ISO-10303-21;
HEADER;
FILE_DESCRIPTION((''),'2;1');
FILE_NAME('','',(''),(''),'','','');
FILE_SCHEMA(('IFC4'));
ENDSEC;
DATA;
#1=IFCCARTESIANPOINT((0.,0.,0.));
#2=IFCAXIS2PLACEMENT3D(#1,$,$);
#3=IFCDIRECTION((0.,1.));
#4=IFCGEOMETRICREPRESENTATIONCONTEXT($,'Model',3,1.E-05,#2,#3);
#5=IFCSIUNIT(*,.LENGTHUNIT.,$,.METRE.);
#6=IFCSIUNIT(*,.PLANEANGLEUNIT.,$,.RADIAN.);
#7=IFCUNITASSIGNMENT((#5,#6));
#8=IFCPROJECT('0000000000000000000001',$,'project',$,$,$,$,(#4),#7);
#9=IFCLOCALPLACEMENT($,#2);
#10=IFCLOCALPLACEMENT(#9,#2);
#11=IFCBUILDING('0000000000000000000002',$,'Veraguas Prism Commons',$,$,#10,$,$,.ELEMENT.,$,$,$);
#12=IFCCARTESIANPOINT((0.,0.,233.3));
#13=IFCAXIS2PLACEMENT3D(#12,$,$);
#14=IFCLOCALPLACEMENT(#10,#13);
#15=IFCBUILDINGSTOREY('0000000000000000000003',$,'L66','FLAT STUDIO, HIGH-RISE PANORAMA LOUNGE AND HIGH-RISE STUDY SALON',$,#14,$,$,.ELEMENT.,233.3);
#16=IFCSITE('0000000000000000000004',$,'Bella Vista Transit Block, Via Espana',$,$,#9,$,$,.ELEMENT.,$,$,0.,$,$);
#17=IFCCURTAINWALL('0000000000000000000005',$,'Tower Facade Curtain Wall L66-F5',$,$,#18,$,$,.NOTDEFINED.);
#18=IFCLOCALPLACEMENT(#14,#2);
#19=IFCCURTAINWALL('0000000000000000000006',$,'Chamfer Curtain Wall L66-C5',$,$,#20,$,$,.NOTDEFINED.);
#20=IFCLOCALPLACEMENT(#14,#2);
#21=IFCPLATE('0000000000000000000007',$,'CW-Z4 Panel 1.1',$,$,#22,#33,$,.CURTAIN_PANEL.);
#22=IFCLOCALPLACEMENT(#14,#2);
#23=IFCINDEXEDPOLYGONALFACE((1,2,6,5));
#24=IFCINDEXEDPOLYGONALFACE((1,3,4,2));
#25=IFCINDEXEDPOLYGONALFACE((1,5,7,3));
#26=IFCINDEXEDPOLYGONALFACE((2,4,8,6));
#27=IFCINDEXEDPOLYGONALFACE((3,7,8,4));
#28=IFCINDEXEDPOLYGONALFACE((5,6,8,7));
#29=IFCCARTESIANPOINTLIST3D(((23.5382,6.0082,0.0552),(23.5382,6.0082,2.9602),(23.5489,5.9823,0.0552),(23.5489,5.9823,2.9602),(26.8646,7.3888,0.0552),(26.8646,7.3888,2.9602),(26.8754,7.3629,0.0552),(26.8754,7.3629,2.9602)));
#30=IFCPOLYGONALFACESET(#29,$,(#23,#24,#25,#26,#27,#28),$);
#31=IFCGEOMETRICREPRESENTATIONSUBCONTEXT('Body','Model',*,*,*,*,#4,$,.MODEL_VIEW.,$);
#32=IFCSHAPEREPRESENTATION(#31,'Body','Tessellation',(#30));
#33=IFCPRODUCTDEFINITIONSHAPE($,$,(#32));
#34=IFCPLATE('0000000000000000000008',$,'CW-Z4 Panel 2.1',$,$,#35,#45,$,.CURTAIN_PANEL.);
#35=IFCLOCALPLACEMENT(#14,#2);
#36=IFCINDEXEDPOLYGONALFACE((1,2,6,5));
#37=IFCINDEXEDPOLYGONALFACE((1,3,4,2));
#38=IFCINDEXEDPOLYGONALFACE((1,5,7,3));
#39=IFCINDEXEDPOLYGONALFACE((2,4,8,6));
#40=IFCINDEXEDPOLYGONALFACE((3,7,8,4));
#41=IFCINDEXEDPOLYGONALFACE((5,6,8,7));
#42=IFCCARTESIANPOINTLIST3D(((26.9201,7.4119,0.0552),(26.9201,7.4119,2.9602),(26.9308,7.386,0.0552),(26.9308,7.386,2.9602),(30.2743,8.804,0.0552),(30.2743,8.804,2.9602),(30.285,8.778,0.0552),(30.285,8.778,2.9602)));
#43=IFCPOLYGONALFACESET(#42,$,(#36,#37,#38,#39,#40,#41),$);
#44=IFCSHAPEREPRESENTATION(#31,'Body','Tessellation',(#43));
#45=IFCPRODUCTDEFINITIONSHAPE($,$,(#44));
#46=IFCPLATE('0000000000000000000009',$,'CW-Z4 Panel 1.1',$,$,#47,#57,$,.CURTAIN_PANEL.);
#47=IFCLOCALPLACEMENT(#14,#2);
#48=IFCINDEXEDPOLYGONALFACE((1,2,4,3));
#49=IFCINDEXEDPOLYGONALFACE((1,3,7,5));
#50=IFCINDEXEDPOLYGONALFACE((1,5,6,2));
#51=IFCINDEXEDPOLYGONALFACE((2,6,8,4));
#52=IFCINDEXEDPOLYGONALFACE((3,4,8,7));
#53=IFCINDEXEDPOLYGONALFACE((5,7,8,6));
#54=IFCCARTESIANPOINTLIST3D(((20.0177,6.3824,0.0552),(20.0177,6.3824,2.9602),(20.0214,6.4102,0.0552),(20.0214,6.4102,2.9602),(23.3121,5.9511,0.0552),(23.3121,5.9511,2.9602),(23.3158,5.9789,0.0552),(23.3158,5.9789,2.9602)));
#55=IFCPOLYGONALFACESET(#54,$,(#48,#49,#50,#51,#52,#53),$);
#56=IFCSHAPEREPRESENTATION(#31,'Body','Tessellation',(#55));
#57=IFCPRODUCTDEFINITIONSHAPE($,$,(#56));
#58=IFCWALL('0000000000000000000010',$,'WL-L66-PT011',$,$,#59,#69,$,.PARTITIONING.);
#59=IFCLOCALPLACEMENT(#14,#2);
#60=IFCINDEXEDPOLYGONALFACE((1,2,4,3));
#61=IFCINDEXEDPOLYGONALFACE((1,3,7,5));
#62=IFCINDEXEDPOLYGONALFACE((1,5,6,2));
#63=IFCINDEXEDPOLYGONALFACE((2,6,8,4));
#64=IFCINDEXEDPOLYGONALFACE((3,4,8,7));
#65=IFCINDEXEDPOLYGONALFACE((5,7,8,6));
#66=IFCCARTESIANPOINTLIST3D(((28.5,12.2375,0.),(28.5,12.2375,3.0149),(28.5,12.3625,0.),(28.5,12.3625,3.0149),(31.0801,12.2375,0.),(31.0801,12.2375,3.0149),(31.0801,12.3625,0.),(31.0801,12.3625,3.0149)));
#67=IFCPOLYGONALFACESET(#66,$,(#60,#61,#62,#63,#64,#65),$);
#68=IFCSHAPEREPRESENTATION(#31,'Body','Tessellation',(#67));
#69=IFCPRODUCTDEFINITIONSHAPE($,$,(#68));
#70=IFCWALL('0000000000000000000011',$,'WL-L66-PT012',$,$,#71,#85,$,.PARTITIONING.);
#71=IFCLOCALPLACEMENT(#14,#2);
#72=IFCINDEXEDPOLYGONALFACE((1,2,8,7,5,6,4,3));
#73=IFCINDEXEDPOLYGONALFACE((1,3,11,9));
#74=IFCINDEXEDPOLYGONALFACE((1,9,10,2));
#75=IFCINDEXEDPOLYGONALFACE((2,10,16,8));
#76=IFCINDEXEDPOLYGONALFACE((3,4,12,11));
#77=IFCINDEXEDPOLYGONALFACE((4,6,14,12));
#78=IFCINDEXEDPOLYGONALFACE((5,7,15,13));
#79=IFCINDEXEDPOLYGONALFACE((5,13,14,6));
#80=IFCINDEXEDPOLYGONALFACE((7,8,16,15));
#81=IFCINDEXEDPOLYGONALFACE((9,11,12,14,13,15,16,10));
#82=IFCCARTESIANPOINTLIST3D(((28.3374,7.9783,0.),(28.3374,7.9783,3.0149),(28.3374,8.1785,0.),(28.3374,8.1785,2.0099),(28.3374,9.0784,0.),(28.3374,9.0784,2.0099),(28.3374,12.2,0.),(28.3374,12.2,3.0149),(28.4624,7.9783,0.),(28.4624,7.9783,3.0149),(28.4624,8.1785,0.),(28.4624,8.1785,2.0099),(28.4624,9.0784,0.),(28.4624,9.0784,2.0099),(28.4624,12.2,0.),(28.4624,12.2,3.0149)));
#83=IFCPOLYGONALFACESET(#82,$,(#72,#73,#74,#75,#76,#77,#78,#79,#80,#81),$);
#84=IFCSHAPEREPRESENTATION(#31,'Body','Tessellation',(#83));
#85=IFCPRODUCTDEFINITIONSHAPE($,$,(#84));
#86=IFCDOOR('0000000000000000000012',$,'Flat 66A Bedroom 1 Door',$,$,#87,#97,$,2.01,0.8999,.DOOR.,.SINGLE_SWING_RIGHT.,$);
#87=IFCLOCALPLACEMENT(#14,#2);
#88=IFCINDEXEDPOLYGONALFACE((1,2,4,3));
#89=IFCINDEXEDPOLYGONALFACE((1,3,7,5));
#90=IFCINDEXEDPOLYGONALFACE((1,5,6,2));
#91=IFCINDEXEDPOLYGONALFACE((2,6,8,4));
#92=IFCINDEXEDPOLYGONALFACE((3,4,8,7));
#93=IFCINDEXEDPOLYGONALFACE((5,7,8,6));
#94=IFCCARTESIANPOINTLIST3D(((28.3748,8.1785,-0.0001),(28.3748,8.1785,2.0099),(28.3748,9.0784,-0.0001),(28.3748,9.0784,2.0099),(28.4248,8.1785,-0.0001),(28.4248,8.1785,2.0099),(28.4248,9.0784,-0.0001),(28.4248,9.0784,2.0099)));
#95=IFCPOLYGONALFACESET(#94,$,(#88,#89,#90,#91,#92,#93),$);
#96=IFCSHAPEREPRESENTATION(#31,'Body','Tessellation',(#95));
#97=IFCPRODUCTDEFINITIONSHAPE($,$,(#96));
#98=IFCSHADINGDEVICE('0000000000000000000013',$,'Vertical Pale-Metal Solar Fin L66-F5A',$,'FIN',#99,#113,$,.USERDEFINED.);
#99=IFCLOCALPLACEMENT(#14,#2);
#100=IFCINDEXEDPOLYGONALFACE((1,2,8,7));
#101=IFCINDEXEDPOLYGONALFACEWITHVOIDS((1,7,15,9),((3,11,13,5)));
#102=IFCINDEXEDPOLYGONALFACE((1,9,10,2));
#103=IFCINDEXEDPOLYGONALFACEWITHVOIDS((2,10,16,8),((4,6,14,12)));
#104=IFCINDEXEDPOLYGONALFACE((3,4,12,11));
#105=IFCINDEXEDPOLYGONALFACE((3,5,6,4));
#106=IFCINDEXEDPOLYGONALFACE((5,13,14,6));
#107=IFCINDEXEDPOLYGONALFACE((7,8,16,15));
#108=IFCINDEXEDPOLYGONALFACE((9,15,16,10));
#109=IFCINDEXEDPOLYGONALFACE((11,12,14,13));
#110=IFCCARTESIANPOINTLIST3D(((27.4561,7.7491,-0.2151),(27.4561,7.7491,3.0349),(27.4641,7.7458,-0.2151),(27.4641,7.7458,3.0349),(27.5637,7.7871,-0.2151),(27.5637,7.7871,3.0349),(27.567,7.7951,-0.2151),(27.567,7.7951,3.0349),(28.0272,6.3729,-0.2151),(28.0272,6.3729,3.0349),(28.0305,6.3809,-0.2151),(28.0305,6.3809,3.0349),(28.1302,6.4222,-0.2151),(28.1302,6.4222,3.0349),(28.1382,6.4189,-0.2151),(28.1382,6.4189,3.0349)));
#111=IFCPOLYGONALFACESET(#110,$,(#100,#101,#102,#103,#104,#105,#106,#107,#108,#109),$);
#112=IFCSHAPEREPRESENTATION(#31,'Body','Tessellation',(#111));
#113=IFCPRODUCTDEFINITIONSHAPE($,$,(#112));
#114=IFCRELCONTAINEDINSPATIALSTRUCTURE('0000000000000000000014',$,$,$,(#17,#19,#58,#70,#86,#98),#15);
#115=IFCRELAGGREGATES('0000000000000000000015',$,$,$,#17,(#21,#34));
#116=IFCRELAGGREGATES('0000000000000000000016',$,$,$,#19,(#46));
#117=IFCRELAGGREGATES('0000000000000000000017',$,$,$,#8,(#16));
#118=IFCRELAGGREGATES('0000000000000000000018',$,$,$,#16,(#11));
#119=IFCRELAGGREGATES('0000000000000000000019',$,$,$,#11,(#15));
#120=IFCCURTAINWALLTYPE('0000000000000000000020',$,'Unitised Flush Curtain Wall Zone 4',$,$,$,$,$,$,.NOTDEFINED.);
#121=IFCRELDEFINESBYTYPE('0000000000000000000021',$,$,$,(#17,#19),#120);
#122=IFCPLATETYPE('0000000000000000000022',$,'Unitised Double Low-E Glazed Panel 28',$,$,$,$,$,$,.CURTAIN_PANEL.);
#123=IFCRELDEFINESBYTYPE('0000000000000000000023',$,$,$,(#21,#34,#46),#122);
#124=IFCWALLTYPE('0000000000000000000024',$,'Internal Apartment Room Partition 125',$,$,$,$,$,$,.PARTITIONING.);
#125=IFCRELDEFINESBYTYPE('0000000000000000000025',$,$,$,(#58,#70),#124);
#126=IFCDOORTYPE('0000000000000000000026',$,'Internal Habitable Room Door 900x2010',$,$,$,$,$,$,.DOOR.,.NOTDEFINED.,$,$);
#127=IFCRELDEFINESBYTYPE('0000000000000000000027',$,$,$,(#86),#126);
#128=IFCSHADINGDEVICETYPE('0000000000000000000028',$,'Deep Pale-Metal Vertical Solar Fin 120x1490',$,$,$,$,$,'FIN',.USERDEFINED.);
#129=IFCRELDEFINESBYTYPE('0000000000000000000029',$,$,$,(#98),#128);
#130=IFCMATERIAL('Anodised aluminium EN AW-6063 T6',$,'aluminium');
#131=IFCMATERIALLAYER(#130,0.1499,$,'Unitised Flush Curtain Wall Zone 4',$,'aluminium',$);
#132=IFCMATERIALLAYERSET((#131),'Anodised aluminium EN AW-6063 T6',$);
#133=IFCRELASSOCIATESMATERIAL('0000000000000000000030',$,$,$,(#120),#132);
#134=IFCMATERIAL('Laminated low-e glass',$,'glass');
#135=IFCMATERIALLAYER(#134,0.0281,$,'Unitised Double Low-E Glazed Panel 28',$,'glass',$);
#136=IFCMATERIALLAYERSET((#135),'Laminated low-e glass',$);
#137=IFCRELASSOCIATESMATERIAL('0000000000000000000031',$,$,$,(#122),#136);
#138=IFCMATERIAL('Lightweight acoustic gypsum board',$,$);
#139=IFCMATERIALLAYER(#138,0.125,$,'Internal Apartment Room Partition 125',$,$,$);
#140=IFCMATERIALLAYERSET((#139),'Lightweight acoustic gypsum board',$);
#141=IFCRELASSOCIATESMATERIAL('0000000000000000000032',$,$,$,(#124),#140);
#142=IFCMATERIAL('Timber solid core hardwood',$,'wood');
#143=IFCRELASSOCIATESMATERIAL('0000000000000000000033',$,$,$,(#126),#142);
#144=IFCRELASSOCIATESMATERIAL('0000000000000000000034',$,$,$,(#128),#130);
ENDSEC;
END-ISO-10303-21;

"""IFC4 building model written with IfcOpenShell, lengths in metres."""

from ifc_helpers import new_model, si_unit, direction, frame, frame_2d, origin, origin_2d, place, context, subcontext, project, spatial, rectangle, hollow_rectangle, extrude, source, transform, mapped, material, layer, layer_set, material_profile, profile_set, type_object, element, fill, aggregate, save


model = new_model("IFC4")

# Units and contexts
model_context = context("Model", 3, precision=1e-05, world=origin(), true_north=direction((0.0, 1.0)))
body_context = subcontext(model_context, "Body", "Model", "MODEL_VIEW")
ifc_project = project(units=[si_unit("LENGTHUNIT", "METRE"), si_unit("PLANEANGLEUNIT", "RADIAN")], contexts=[model_context])

# Site, building, storey
site_placement = place(None, origin())
site = spatial("IfcSite", under=ifc_project, at=site_placement, Name="Bella Vista Transit Block, Via Espana", CompositionType="ELEMENT", RefElevation=0.0)
building_placement = place(site_placement, origin())
building = spatial("IfcBuilding", under=site, at=building_placement, Name="Veraguas Prism Commons", CompositionType="ELEMENT")
storey_placement = place(building_placement, frame((0.0, 0.0, 233.3)))
storey = spatial("IfcBuildingStorey", under=building, at=storey_placement, Name="L66", Description="FLAT STUDIO, HIGH-RISE PANORAMA LOUNGE AND HIGH-RISE STUDY SALON", CompositionType="ELEMENT", Elevation=233.3)

# Curtain wall
ifc_material_1 = material(Name="Anodised aluminium EN AW-6063 T6", Category="aluminium")
ifc_layer_1 = layer(ifc_material_1, 0.1499, Name="Unitised Flush Curtain Wall Zone 4", Category="aluminium")
ifc_layer_set_1 = layer_set([ifc_layer_1], Name="Anodised aluminium EN AW-6063 T6")
curtain_wall_type = type_object("IfcCurtainWallType", Name="Unitised Flush Curtain Wall Zone 4", PredefinedType="NOTDEFINED", material=ifc_layer_set_1)
curtain_wall_1_placement = place(storey_placement, origin())
curtain_wall_1 = element("IfcCurtainWall", 1, at=curtain_wall_1_placement, inside=storey, type_object=curtain_wall_type, Name="Tower Facade Curtain Wall L66-F5", PredefinedType="NOTDEFINED")

# Curtain wall
curtain_wall_2_placement = place(storey_placement, origin())
curtain_wall_2 = element("IfcCurtainWall", 2, at=curtain_wall_2_placement, inside=storey, type_object=curtain_wall_type, Name="Chamfer Curtain Wall L66-C5", PredefinedType="NOTDEFINED")

# Plates
ifc_material_2 = material(Name="Laminated low-e glass", Category="glass")
ifc_layer_2 = layer(ifc_material_2, 0.0281, Name="Unitised Double Low-E Glazed Panel 28", Category="glass")
ifc_layer_set_2 = layer_set([ifc_layer_2], Name="Laminated low-e glass")
plate_type = type_object("IfcPlateType", Name="Unitised Double Low-E Glazed Panel 28", PredefinedType="CURTAIN_PANEL", material=ifc_layer_set_2)
shared_shape_1 = source(origin(), body_context, "Body", "SweptSolid", [
    extrude(rectangle(XDim=3.6016, YDim=0.0281, at=origin_2d()), origin(), (0.0, 0.0, 1.0), 2.905),
])
plate_1_placement = place(storey_placement, frame((25.2068, 6.6855, 0.0552), z_axis=(0.0, 0.0, 1.0), x_axis=(0.923615, 0.383322, 0.0)))
plate_1 = element("IfcPlate", 3, at=plate_1_placement, type_object=plate_type, Name="CW-Z4 Panel 1.1", PredefinedType="CURTAIN_PANEL", context=body_context, shape_type="MappedRepresentation", body=[
    mapped(shared_shape_1, transform((0.0, 0.0, 0.0), scale=1.0)),
])
shared_shape_2 = source(origin(), body_context, "Body", "SweptSolid", [
    extrude(rectangle(XDim=3.6316, YDim=0.0281, at=origin_2d()), origin(), (0.0, 0.0, 1.0), 2.905),
])
plate_2_placement = place(storey_placement, frame((28.6025, 8.095, 0.0552), z_axis=(0.0, 0.0, 1.0), x_axis=(0.923615, 0.383322, 0.0)))
plate_2 = element("IfcPlate", 4, at=plate_2_placement, type_object=plate_type, Name="CW-Z4 Panel 2.1", PredefinedType="CURTAIN_PANEL", context=body_context, shape_type="MappedRepresentation", body=[
    mapped(shared_shape_2, transform((0.0, 0.0, 0.0), scale=1.0)),
])
aggregate(curtain_wall_1, [plate_1, plate_2])
shared_shape_3 = source(origin(), body_context, "Body", "SweptSolid", [
    extrude(rectangle(XDim=3.3225, YDim=0.0281, at=origin_2d()), origin(), (0.0, 0.0, 1.0), 2.905),
])
plate_3_placement = place(storey_placement, frame((21.6667, 6.1807, 0.0552), z_axis=(0.0, 0.0, 1.0), x_axis=(0.991538, -0.12982, 0.0)))
plate_3 = element("IfcPlate", 5, at=plate_3_placement, type_object=plate_type, Name="CW-Z4 Panel 1.1", PredefinedType="CURTAIN_PANEL", context=body_context, shape_type="MappedRepresentation", body=[
    mapped(shared_shape_3, transform((0.0, 0.0, 0.0), scale=1.0)),
])
aggregate(curtain_wall_2, [plate_3])

# Wall
ifc_material_3 = material(Name="Lightweight acoustic gypsum board")
ifc_layer_3 = layer(ifc_material_3, 0.125, Name="Internal Apartment Room Partition 125")
ifc_layer_set_3 = layer_set([ifc_layer_3], Name="Lightweight acoustic gypsum board")
wall_type = type_object("IfcWallType", Name="Internal Apartment Room Partition 125", PredefinedType="PARTITIONING", material=ifc_layer_set_3)
wall_1_placement = place(storey_placement, frame((28.5, 12.3, 0.0), z_axis=(0.0, 0.0, 1.0), x_axis=(1.0, 0.0, 0.0)))
element("IfcWall", 6, at=wall_1_placement, inside=storey, type_object=wall_type, Name="WL-L66-PT011", PredefinedType="PARTITIONING", context=body_context, shape_type="SweptSolid", body=[
    extrude(rectangle(XDim=2.5801, YDim=0.125, at=frame_2d((1.29, 0.0))), origin(), (0.0, 0.0, 1.0), 3.0149),
])

# Wall, opening, door
wall_2_placement = place(storey_placement, frame((28.3999, 12.2, 0.0), z_axis=(0.0, 0.0, 1.0), x_axis=(0.0, -1.0, 0.0)))
wall_2 = element("IfcWall", 7, at=wall_2_placement, inside=storey, type_object=wall_type, Name="WL-L66-PT012", PredefinedType="PARTITIONING", context=body_context, shape_type="SweptSolid", body=[
    extrude(rectangle(XDim=4.2217, YDim=0.125, at=frame_2d((2.1108, 0.0))), origin(), (0.0, 0.0, 1.0), 3.0149),
])
opening_placement = place(wall_2_placement, frame((3.1216, 0.0, 0.0)))
opening = element("IfcOpeningElement", 8, at=opening_placement, cuts=wall_2, PredefinedType="OPENING", context=body_context, shape_type="SweptSolid", body=[
    extrude(rectangle(XDim=0.8999, YDim=2.01, at=frame_2d((0.45, 1.0049))), frame((0.0, 0.0725, 0.0), z_axis=(0.0, -1.0, 0.0), x_axis=(1.0, 0.0, 0.0)), (0.0, 0.0, 1.0), 0.145),
])
ifc_material_4 = material(Name="Timber solid core hardwood", Category="wood")
door_type = type_object("IfcDoorType", Name="Internal Habitable Room Door 900x2010", OperationType="NOTDEFINED", PredefinedType="DOOR", material=ifc_material_4)
shared_shape_4 = source(origin(), body_context, "Body", "SweptSolid", [
    extrude(rectangle(XDim=0.8999, YDim=2.01, at=frame_2d((0.45, 1.0049))), frame((0.0, 0.0249, 0.0), z_axis=(0.0, -1.0, 0.0), x_axis=(1.0, 0.0, 0.0)), (0.0, 0.0, 1.0), 0.05),
])
door_placement = place(opening_placement, origin())
door = element("IfcDoor", 9, at=door_placement, inside=storey, type_object=door_type, Name="Flat 66A Bedroom 1 Door", OperationType="SINGLE_SWING_RIGHT", OverallHeight=2.01, OverallWidth=0.8999, PredefinedType="DOOR", context=body_context, shape_type="MappedRepresentation", body=[
    mapped(shared_shape_4, transform((0.0, 0.0, 0.0), scale=1.0)),
])
fill(opening, door)

# Shading device
ifc_material_profile_1 = material_profile(ifc_material_1, hollow_rectangle(XDim=0.1201, YDim=1.49, WallThickness=0.0061, at=origin_2d()), Name="FIN120X1490X6")
ifc_profile_set_1 = profile_set([ifc_material_profile_1], Name="Anodised aluminium EN AW-6063 T6")
shading_device_type = type_object("IfcShadingDeviceType", Name="Deep Pale-Metal Vertical Solar Fin 120x1490", ElementType="FIN", PredefinedType="USERDEFINED", material=ifc_profile_set_1)
shading_device_placement = place(storey_placement, frame((27.7971, 7.084, -0.2151), z_axis=(0.0, 0.0, 1.0), x_axis=(0.923614, 0.383323, 0.0)))
element("IfcShadingDevice", 10, at=shading_device_placement, inside=storey, type_object=shading_device_type, Name="Vertical Pale-Metal Solar Fin L66-F5A", ObjectType="FIN", PredefinedType="USERDEFINED", context=body_context, shape_type="SweptSolid", body=[
    extrude(hollow_rectangle(XDim=0.1201, YDim=1.49, WallThickness=0.0061, at=origin_2d()), origin(), (0.0, 0.0, 1.0), 3.25),
])

save(model, "model.ifc")
